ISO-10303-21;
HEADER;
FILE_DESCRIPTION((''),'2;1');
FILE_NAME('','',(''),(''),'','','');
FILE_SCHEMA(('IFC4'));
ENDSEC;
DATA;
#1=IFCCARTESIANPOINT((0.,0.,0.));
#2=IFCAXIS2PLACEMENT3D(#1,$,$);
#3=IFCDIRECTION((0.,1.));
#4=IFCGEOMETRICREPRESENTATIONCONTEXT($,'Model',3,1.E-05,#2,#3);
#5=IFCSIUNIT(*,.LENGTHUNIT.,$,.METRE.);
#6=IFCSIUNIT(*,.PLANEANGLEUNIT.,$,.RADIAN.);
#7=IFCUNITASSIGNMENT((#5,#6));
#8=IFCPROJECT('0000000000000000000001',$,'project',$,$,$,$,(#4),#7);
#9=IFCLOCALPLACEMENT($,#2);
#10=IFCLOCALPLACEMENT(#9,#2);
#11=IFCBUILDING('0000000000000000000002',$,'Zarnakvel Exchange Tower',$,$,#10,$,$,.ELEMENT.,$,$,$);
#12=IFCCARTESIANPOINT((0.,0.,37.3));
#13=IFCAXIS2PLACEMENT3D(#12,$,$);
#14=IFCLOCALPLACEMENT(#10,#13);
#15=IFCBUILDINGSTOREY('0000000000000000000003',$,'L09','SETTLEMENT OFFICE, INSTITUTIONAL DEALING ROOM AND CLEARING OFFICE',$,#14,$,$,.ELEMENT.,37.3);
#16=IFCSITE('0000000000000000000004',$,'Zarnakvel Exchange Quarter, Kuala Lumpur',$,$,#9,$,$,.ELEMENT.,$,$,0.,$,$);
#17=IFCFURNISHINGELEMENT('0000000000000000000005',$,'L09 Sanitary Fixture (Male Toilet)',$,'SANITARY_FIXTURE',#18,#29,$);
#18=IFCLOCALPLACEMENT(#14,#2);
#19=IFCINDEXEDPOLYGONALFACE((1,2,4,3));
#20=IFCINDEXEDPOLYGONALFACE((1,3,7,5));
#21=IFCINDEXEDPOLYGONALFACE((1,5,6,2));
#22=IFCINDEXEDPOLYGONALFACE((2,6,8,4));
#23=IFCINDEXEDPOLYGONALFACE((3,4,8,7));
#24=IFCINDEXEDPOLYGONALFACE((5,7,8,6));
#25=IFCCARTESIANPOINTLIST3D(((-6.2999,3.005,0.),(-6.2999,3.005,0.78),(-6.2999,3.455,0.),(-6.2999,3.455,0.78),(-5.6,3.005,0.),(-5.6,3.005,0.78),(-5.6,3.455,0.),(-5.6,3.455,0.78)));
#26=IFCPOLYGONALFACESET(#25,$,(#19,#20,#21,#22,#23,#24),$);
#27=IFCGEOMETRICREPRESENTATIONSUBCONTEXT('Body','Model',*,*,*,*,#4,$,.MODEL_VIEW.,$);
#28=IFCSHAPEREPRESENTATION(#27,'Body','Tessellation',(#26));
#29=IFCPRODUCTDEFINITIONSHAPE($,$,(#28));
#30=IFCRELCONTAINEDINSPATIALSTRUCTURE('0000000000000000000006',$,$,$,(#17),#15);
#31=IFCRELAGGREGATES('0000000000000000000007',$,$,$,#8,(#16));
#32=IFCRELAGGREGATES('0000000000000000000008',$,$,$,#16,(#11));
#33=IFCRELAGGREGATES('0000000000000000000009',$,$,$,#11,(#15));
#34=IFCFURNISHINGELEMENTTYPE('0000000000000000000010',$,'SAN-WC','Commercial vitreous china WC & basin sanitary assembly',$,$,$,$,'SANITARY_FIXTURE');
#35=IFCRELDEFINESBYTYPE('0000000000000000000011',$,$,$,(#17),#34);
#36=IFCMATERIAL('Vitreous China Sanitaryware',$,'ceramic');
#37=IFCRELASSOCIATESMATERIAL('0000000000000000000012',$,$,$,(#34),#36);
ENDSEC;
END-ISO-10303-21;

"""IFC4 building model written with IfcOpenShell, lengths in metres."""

from ifc_helpers import new_model, si_unit, direction, frame, origin, origin_2d, place, context, subcontext, project, spatial, rectangle, extrude, source, transform, mapped, material, type_object, element, save


model = new_model("IFC4")

# Units and contexts
model_context = context("Model", 3, precision=1e-05, world=origin(), true_north=direction((0.0, 1.0)))
body_context = subcontext(model_context, "Body", "Model", "MODEL_VIEW")
ifc_project = project(units=[si_unit("LENGTHUNIT", "METRE"), si_unit("PLANEANGLEUNIT", "RADIAN")], contexts=[model_context])

# Site, building, storey
site_placement = place(None, origin())
site = spatial("IfcSite", under=ifc_project, at=site_placement, Name="Zarnakvel Exchange Quarter, Kuala Lumpur", CompositionType="ELEMENT", RefElevation=0.0)
building_placement = place(site_placement, origin())
building = spatial("IfcBuilding", under=site, at=building_placement, Name="Zarnakvel Exchange Tower", CompositionType="ELEMENT")
storey_placement = place(building_placement, frame((0.0, 0.0, 37.3)))
storey = spatial("IfcBuildingStorey", under=building, at=storey_placement, Name="L09", Description="SETTLEMENT OFFICE, INSTITUTIONAL DEALING ROOM AND CLEARING OFFICE", CompositionType="ELEMENT", Elevation=37.3)

# Furnishing element
ifc_material_1 = material(Name="Vitreous China Sanitaryware", Category="ceramic")
furnishing_element_type = type_object("IfcFurnishingElementType", Name="SAN-WC", Description="Commercial vitreous china WC & basin sanitary assembly", ElementType="SANITARY_FIXTURE", material=ifc_material_1)
shared_shape_1 = source(origin(), body_context, "Body", "SweptSolid", [
    extrude(rectangle(XDim=0.7, YDim=0.45, at=origin_2d()), origin(), (0.0, 0.0, 1.0), 0.78),
])
furnishing_placement = place(storey_placement, frame((-5.95, 3.23, 0.0), z_axis=(0.0, 0.0, 1.0), x_axis=(1.0, 0.0, 0.0)))
element("IfcFurnishingElement", 1, at=furnishing_placement, inside=storey, type_object=furnishing_element_type, Name="L09 Sanitary Fixture (Male Toilet)", ObjectType="SANITARY_FIXTURE", context=body_context, shape_type="MappedRepresentation", body=[
    mapped(shared_shape_1, transform((0.0, 0.0, 0.0), x_axis=(1.0, 0.0, 0.0), y_axis=(0.0, 1.0, 0.0), z_axis=(0.0, 0.0, 1.0), scale=1.0)),
])

save(model, "model.ifc")
